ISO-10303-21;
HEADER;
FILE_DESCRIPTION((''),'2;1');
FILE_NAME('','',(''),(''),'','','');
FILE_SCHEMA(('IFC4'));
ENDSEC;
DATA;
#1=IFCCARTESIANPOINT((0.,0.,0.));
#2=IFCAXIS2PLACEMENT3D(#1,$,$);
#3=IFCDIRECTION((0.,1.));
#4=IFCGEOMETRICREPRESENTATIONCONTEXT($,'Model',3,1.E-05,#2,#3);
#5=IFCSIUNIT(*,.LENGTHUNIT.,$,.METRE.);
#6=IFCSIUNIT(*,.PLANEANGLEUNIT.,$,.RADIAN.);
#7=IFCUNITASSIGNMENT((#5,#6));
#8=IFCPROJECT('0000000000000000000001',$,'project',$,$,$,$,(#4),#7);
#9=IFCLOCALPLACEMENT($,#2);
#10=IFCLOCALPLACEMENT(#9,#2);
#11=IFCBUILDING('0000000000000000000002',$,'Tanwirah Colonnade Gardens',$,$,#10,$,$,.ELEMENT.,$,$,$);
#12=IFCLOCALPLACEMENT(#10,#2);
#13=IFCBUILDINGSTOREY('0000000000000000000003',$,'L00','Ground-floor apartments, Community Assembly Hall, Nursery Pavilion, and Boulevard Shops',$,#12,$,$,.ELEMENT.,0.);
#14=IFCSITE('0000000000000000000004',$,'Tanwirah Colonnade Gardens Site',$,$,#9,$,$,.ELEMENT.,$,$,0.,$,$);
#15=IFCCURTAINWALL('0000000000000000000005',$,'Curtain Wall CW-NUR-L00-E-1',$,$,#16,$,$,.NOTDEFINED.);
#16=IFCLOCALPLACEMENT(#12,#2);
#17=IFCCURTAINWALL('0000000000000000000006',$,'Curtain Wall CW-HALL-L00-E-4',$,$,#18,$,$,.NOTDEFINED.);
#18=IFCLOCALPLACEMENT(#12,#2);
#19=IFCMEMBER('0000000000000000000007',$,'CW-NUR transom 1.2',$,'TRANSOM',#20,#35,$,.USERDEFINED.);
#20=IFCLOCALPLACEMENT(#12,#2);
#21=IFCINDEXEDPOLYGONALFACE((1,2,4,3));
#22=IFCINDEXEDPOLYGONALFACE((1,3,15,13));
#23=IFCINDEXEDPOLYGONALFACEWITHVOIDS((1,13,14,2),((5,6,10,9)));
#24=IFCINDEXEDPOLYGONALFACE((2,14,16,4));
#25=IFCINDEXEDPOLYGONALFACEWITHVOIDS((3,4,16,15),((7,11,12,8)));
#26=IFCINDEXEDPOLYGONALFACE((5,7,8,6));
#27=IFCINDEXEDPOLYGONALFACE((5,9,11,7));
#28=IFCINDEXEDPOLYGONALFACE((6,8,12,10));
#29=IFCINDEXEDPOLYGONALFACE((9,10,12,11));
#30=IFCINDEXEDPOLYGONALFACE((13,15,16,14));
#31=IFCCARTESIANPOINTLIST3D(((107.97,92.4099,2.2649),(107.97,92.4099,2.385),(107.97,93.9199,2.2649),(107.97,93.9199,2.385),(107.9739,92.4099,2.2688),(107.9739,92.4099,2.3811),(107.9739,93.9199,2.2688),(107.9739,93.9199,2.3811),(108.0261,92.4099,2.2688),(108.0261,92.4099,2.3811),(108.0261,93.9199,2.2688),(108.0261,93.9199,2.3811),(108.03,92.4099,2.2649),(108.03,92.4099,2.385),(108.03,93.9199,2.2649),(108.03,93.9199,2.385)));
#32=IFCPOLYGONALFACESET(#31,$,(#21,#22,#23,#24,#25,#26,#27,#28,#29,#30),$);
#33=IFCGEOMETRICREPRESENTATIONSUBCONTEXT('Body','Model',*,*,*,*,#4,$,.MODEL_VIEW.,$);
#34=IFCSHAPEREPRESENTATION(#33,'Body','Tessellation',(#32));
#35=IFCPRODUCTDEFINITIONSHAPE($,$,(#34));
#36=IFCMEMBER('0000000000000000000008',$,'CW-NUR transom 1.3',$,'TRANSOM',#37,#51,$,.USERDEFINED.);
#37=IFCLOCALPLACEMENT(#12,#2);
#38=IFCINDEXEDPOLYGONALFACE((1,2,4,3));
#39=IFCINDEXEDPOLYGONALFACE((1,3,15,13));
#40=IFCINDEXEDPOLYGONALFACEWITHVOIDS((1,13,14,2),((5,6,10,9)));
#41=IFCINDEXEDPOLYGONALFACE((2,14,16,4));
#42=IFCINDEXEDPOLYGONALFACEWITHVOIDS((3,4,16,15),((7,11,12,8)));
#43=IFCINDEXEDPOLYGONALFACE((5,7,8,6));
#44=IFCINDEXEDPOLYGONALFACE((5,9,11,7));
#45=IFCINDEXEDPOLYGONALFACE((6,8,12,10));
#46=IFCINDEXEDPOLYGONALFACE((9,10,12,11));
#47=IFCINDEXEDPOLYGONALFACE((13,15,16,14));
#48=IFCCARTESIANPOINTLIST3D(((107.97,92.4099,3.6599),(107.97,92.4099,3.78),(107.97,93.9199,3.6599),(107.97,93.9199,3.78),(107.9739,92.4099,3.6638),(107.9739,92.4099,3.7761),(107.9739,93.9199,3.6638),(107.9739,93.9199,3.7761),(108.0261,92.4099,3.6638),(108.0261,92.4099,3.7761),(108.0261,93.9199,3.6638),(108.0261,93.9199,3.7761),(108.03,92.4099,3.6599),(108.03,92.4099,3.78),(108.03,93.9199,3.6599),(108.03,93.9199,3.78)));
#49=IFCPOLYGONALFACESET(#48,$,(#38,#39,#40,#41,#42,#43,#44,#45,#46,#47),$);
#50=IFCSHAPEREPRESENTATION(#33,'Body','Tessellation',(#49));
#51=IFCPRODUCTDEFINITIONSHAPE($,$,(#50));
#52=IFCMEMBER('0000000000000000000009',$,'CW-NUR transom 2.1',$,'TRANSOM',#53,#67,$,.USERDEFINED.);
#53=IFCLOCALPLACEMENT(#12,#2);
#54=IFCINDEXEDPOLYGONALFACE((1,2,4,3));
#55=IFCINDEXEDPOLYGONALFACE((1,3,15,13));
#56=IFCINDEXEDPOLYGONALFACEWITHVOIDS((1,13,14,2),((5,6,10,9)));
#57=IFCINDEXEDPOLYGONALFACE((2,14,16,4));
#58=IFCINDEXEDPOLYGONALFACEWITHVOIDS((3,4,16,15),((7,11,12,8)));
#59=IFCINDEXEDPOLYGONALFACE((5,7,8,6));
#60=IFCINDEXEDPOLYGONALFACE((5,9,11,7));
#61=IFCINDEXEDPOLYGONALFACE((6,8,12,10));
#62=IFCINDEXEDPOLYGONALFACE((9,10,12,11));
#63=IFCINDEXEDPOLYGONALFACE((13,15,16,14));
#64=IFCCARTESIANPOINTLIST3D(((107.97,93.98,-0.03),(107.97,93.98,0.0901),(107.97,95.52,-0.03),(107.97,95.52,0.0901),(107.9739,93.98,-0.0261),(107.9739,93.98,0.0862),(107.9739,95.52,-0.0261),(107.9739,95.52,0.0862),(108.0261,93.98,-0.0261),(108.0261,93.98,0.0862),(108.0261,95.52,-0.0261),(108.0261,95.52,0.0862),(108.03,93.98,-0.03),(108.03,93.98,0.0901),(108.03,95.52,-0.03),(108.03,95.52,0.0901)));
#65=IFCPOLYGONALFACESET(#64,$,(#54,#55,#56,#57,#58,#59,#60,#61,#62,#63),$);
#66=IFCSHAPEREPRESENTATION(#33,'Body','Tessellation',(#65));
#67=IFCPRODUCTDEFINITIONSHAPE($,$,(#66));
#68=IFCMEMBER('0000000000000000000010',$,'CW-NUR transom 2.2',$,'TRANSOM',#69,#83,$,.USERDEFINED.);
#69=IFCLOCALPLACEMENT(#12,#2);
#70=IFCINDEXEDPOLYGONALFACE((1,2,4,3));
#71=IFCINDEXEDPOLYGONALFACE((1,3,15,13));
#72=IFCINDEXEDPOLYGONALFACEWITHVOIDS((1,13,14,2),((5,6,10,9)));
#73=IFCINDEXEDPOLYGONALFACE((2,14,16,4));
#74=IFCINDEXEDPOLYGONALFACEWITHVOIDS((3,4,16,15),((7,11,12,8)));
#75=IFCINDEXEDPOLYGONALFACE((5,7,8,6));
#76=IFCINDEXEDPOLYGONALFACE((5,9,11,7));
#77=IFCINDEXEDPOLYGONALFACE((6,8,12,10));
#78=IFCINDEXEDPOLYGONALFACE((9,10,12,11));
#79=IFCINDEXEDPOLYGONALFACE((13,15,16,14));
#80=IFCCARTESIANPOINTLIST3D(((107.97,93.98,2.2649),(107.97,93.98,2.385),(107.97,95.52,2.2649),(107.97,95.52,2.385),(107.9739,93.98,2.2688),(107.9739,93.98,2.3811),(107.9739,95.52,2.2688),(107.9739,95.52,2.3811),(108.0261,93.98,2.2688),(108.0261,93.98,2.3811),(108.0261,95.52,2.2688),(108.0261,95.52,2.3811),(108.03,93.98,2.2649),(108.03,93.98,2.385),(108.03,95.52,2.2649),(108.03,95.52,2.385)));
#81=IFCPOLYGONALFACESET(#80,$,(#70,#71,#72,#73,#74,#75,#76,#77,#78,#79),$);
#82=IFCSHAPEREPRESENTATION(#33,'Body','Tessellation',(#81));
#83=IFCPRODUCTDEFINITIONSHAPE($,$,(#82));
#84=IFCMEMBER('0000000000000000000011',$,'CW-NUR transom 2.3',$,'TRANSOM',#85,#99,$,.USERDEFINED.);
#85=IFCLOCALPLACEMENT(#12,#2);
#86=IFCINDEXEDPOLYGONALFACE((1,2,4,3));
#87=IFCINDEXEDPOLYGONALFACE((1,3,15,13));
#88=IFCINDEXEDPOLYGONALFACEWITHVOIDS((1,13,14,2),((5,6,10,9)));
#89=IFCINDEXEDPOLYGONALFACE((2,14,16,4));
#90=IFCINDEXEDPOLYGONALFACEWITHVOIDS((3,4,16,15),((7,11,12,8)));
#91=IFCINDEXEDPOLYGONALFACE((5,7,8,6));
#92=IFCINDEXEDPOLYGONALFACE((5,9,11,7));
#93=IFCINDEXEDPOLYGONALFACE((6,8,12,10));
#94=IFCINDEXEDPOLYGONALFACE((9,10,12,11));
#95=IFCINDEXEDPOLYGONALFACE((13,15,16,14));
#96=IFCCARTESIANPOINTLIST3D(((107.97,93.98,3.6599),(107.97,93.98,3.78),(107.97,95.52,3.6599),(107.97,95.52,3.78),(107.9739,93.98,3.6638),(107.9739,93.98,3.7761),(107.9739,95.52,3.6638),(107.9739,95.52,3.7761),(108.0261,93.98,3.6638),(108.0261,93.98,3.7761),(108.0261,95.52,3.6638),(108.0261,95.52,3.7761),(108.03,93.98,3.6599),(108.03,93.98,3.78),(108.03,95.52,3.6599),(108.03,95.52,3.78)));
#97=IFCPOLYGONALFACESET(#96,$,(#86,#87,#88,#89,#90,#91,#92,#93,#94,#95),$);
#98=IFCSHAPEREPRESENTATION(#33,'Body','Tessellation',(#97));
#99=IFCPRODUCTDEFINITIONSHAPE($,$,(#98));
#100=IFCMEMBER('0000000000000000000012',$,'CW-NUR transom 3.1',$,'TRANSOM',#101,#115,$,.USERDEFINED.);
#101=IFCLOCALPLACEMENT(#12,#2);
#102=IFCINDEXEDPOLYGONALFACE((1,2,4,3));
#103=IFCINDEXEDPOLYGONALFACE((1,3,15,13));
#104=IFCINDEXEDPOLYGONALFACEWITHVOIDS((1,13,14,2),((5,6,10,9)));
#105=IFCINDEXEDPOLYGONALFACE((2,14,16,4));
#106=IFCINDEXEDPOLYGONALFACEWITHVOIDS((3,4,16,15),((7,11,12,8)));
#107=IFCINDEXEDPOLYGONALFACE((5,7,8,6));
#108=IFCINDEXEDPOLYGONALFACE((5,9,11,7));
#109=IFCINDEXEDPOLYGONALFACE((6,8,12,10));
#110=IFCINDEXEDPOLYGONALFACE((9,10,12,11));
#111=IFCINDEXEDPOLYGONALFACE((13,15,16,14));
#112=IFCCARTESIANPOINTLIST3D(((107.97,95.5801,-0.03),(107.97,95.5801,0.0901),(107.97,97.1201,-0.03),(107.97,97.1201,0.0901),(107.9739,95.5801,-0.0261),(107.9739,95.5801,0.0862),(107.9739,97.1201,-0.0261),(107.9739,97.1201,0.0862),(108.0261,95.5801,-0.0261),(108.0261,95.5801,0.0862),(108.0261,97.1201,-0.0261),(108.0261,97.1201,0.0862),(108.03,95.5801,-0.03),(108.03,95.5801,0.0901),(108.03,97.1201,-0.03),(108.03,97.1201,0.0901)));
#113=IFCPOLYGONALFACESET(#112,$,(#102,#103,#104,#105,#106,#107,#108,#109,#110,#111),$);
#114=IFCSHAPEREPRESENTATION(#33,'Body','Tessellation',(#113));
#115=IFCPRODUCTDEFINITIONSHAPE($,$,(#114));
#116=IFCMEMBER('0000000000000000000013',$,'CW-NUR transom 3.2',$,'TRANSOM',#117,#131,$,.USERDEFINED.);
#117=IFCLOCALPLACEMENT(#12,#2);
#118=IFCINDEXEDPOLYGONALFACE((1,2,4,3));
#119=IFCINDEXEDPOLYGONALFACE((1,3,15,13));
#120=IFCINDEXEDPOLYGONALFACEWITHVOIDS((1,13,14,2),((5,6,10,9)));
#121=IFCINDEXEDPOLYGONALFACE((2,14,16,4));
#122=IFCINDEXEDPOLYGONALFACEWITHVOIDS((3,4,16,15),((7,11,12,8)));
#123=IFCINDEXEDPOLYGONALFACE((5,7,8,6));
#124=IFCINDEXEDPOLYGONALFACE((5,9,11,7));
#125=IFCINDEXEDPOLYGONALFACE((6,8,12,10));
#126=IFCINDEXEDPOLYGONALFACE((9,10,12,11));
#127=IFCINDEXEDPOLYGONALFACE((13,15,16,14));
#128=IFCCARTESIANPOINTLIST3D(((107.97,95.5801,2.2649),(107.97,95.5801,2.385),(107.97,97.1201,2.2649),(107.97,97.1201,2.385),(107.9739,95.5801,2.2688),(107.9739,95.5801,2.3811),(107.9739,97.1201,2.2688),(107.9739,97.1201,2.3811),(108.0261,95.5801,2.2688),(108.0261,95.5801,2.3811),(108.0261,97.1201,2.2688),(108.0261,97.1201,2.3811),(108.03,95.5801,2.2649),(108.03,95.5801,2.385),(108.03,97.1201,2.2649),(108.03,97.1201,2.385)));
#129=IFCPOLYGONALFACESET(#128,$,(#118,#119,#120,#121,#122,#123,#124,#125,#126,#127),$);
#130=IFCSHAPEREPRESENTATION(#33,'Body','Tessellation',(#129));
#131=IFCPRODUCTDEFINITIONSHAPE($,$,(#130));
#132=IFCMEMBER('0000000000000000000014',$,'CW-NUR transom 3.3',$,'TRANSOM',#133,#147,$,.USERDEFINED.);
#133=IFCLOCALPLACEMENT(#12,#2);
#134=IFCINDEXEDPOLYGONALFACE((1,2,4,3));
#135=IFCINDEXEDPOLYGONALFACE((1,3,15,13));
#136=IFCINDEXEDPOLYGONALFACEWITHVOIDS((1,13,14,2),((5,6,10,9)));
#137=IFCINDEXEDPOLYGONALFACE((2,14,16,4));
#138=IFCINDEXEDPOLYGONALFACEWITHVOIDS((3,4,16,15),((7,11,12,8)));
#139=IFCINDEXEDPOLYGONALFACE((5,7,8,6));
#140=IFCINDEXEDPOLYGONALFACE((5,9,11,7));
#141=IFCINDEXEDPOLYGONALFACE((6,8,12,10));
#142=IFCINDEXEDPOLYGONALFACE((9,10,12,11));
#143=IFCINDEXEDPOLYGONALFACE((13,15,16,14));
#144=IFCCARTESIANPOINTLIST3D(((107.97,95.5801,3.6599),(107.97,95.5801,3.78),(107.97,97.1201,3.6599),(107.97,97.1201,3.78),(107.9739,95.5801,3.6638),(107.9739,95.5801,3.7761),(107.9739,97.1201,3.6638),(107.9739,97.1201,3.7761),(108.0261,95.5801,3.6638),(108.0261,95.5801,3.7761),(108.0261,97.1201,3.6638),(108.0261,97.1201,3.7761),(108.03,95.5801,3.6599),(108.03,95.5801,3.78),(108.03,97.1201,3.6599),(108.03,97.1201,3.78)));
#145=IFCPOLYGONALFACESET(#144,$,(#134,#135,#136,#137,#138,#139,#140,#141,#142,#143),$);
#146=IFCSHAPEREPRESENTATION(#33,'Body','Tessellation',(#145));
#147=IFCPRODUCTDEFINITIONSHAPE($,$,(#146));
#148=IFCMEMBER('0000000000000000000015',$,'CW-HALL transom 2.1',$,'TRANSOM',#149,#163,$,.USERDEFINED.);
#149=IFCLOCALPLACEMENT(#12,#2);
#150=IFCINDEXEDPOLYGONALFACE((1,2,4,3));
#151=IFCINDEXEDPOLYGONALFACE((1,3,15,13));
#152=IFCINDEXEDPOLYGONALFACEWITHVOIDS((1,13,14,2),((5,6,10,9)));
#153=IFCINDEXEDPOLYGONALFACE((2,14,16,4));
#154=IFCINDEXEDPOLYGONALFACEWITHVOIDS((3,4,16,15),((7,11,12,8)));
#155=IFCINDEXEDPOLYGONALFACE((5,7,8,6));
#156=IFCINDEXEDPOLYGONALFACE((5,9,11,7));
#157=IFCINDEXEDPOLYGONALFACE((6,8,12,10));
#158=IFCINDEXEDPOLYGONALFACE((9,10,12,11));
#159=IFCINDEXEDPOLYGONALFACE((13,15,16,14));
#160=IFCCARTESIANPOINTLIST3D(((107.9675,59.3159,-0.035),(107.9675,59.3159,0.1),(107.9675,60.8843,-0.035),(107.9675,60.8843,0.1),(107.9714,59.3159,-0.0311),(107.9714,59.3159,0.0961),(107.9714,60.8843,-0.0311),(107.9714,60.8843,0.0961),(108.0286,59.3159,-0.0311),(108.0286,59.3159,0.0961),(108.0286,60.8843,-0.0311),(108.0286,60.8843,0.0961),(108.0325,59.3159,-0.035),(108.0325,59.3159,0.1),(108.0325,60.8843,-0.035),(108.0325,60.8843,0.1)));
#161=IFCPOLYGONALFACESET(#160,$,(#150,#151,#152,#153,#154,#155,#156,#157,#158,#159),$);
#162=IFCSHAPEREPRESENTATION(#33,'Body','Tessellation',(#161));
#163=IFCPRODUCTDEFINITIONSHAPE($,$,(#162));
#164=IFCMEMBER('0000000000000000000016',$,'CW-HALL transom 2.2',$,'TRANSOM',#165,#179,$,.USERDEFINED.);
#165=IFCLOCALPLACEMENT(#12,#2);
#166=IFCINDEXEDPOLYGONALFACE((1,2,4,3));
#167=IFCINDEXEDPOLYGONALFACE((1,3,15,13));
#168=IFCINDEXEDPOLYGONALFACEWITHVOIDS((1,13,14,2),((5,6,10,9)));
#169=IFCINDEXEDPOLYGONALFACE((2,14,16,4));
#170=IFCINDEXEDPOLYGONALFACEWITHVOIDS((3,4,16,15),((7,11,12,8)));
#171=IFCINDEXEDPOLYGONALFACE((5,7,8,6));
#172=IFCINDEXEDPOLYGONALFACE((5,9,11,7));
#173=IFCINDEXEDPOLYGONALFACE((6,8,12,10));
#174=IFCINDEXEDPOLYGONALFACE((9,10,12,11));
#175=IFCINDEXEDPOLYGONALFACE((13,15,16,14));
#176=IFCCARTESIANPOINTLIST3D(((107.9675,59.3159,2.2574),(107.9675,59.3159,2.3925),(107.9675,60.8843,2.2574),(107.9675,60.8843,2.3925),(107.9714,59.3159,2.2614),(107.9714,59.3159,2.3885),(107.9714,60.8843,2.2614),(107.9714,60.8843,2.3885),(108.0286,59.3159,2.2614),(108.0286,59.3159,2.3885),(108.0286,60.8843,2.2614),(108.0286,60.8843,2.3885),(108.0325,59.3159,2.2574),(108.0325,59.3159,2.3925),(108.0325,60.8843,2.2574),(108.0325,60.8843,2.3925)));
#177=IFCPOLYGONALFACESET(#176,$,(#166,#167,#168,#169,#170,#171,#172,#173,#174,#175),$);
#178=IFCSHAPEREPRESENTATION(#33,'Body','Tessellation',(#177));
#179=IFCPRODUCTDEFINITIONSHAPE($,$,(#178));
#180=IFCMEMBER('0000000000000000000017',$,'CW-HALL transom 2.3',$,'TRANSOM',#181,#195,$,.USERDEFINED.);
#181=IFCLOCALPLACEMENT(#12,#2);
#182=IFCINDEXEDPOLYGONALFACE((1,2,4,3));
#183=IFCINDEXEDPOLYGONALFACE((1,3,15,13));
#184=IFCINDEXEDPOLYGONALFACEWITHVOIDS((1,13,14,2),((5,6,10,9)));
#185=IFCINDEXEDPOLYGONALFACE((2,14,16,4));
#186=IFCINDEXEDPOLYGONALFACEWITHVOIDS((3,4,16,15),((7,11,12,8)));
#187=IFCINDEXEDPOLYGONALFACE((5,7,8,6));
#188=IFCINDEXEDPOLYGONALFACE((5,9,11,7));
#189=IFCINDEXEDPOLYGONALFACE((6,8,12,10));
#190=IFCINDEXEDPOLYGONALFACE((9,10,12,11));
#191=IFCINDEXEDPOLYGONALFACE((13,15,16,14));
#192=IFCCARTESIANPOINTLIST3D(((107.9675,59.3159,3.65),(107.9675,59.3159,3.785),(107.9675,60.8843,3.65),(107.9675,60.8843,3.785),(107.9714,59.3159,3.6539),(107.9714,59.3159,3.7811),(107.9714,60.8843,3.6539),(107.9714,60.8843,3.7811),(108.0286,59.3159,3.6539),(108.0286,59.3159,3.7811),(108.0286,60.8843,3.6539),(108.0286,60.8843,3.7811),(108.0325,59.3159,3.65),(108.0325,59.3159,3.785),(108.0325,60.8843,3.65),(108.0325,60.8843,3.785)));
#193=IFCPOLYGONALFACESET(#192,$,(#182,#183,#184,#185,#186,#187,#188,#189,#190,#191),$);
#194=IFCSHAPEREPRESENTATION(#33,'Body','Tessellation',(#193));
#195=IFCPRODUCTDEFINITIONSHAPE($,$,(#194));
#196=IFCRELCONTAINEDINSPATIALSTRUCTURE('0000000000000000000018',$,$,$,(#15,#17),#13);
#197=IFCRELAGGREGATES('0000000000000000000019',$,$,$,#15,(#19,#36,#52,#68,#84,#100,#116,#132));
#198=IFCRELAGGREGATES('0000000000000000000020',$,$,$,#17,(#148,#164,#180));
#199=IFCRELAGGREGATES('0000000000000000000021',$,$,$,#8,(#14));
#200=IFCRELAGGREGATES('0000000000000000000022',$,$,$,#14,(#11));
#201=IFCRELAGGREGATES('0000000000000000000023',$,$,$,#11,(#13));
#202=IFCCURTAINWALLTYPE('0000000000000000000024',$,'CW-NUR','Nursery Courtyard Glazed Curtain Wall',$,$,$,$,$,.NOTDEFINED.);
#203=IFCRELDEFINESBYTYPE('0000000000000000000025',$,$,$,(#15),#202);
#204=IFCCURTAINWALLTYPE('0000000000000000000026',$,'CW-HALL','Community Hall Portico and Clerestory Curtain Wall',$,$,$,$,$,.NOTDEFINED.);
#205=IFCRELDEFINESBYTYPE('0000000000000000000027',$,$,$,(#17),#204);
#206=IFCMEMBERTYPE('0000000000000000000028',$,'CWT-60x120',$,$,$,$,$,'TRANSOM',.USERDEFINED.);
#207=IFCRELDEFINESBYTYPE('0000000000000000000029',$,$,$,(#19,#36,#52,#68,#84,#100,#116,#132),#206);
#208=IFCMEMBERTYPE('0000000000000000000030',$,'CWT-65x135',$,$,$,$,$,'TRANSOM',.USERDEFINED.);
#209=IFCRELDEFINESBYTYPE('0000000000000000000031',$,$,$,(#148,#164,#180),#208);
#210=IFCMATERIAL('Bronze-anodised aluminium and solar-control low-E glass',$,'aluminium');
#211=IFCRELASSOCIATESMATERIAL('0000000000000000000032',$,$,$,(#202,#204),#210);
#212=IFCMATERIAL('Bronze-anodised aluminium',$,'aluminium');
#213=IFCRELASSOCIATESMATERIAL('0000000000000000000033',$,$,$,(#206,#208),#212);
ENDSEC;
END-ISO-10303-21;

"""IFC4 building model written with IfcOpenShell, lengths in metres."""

from ifc_helpers import new_model, si_unit, direction, frame, origin, origin_2d, place, context, subcontext, project, spatial, hollow_rectangle, extrude, material, material_profile, profile_set, type_object, element, aggregate, save


model = new_model("IFC4")

# Units and contexts
model_context = context("Model", 3, precision=1e-05, world=origin(), true_north=direction((0.0, 1.0)))
body_context = subcontext(model_context, "Body", "Model", "MODEL_VIEW")
ifc_project = project(units=[si_unit("LENGTHUNIT", "METRE"), si_unit("PLANEANGLEUNIT", "RADIAN")], contexts=[model_context])

# Site, building, storey
site_placement = place(None, origin())
site = spatial("IfcSite", under=ifc_project, at=site_placement, Name="Tanwirah Colonnade Gardens Site", CompositionType="ELEMENT", RefElevation=0.0)
building_placement = place(site_placement, origin())
building = spatial("IfcBuilding", under=site, at=building_placement, Name="Tanwirah Colonnade Gardens", CompositionType="ELEMENT")
storey_placement = place(building_placement, origin())
storey = spatial("IfcBuildingStorey", under=building, at=storey_placement, Name="L00", Description="Ground-floor apartments, Community Assembly Hall, Nursery Pavilion, and Boulevard Shops", CompositionType="ELEMENT", Elevation=0.0)

# Curtain walls
ifc_material_1 = material(Name="Bronze-anodised aluminium and solar-control low-E glass", Category="aluminium")
curtain_wall_type_1 = type_object("IfcCurtainWallType", Name="CW-NUR", Description="Nursery Courtyard Glazed Curtain Wall", PredefinedType="NOTDEFINED", material=ifc_material_1)
curtain_wall_1_placement = place(storey_placement, origin())
curtain_wall_1 = element("IfcCurtainWall", 1, at=curtain_wall_1_placement, inside=storey, type_object=curtain_wall_type_1, Name="Curtain Wall CW-NUR-L00-E-1", PredefinedType="NOTDEFINED")
ifc_material_2 = material(Name="Bronze-anodised aluminium", Category="aluminium")
curtain_wall_type_2 = type_object("IfcCurtainWallType", Name="CW-HALL", Description="Community Hall Portico and Clerestory Curtain Wall", PredefinedType="NOTDEFINED", material=ifc_material_1)
curtain_wall_2_placement = place(storey_placement, origin())
curtain_wall_2 = element("IfcCurtainWall", 2, at=curtain_wall_2_placement, inside=storey, type_object=curtain_wall_type_2, Name="Curtain Wall CW-HALL-L00-E-4", PredefinedType="NOTDEFINED")

# Members
ifc_material_profile_1 = material_profile(ifc_material_2, hollow_rectangle(XDim=0.0601, YDim=0.1201, WallThickness=0.0039, at=origin_2d()), Name="CW-TRN 60x120x4")
ifc_profile_set_1 = profile_set([ifc_material_profile_1], Name="Bronze-anodised aluminium")
member_type_1 = type_object("IfcMemberType", Name="CWT-60x120", ElementType="TRANSOM", PredefinedType="USERDEFINED", material=ifc_profile_set_1)
member_1_placement = place(storey_placement, frame((108.0, 92.4099, 2.325), z_axis=(0.0, 1.0, 0.0), x_axis=(-1.0, 0.0, 0.0)))
member_1 = element("IfcMember", 3, at=member_1_placement, type_object=member_type_1, Name="CW-NUR transom 1.2", ObjectType="TRANSOM", PredefinedType="USERDEFINED", context=body_context, shape_type="SweptSolid", body=[
    extrude(hollow_rectangle(XDim=0.0601, YDim=0.1201, WallThickness=0.0039, at=origin_2d()), origin(), (0.0, 0.0, 1.0), 1.51),
])
member_2_placement = place(storey_placement, frame((108.0, 92.4099, 3.72), z_axis=(0.0, 1.0, 0.0), x_axis=(-1.0, 0.0, 0.0)))
member_2 = element("IfcMember", 4, at=member_2_placement, type_object=member_type_1, Name="CW-NUR transom 1.3", ObjectType="TRANSOM", PredefinedType="USERDEFINED", context=body_context, shape_type="SweptSolid", body=[
    extrude(hollow_rectangle(XDim=0.0601, YDim=0.1201, WallThickness=0.0039, at=origin_2d()), origin(), (0.0, 0.0, 1.0), 1.51),
])
member_3_placement = place(storey_placement, frame((108.0, 93.98, 0.03), z_axis=(0.0, 1.0, 0.0), x_axis=(-1.0, 0.0, 0.0)))
member_3 = element("IfcMember", 5, at=member_3_placement, type_object=member_type_1, Name="CW-NUR transom 2.1", ObjectType="TRANSOM", PredefinedType="USERDEFINED", context=body_context, shape_type="SweptSolid", body=[
    extrude(hollow_rectangle(XDim=0.0601, YDim=0.1201, WallThickness=0.0039, at=origin_2d()), origin(), (0.0, 0.0, 1.0), 1.54),
])
member_4_placement = place(storey_placement, frame((108.0, 93.98, 2.325), z_axis=(0.0, 1.0, 0.0), x_axis=(-1.0, 0.0, 0.0)))
member_4 = element("IfcMember", 6, at=member_4_placement, type_object=member_type_1, Name="CW-NUR transom 2.2", ObjectType="TRANSOM", PredefinedType="USERDEFINED", context=body_context, shape_type="SweptSolid", body=[
    extrude(hollow_rectangle(XDim=0.0601, YDim=0.1201, WallThickness=0.0039, at=origin_2d()), origin(), (0.0, 0.0, 1.0), 1.54),
])
member_5_placement = place(storey_placement, frame((108.0, 93.98, 3.72), z_axis=(0.0, 1.0, 0.0), x_axis=(-1.0, 0.0, 0.0)))
member_5 = element("IfcMember", 7, at=member_5_placement, type_object=member_type_1, Name="CW-NUR transom 2.3", ObjectType="TRANSOM", PredefinedType="USERDEFINED", context=body_context, shape_type="SweptSolid", body=[
    extrude(hollow_rectangle(XDim=0.0601, YDim=0.1201, WallThickness=0.0039, at=origin_2d()), origin(), (0.0, 0.0, 1.0), 1.54),
])
member_6_placement = place(storey_placement, frame((108.0, 95.5801, 0.03), z_axis=(0.0, 1.0, 0.0), x_axis=(-1.0, 0.0, 0.0)))
member_6 = element("IfcMember", 8, at=member_6_placement, type_object=member_type_1, Name="CW-NUR transom 3.1", ObjectType="TRANSOM", PredefinedType="USERDEFINED", context=body_context, shape_type="SweptSolid", body=[
    extrude(hollow_rectangle(XDim=0.0601, YDim=0.1201, WallThickness=0.0039, at=origin_2d()), origin(), (0.0, 0.0, 1.0), 1.54),
])
member_7_placement = place(storey_placement, frame((108.0, 95.5801, 2.325), z_axis=(0.0, 1.0, 0.0), x_axis=(-1.0, 0.0, 0.0)))
member_7 = element("IfcMember", 9, at=member_7_placement, type_object=member_type_1, Name="CW-NUR transom 3.2", ObjectType="TRANSOM", PredefinedType="USERDEFINED", context=body_context, shape_type="SweptSolid", body=[
    extrude(hollow_rectangle(XDim=0.0601, YDim=0.1201, WallThickness=0.0039, at=origin_2d()), origin(), (0.0, 0.0, 1.0), 1.54),
])
member_8_placement = place(storey_placement, frame((108.0, 95.5801, 3.72), z_axis=(0.0, 1.0, 0.0), x_axis=(-1.0, 0.0, 0.0)))
member_8 = element("IfcMember", 10, at=member_8_placement, type_object=member_type_1, Name="CW-NUR transom 3.3", ObjectType="TRANSOM", PredefinedType="USERDEFINED", context=body_context, shape_type="SweptSolid", body=[
    extrude(hollow_rectangle(XDim=0.0601, YDim=0.1201, WallThickness=0.0039, at=origin_2d()), origin(), (0.0, 0.0, 1.0), 1.54),
])
ifc_material_profile_2 = material_profile(ifc_material_2, hollow_rectangle(XDim=0.0649, YDim=0.135, WallThickness=0.0039, at=origin_2d()), Name="CW-TRN 65x135x4")
ifc_profile_set_2 = profile_set([ifc_material_profile_2], Name="Bronze-anodised aluminium")
member_type_2 = type_object("IfcMemberType", Name="CWT-65x135", ElementType="TRANSOM", PredefinedType="USERDEFINED", material=ifc_profile_set_2)
member_9_placement = place(storey_placement, frame((108.0, 59.3159, 0.0325), z_axis=(0.0, 1.0, 0.0), x_axis=(-1.0, 0.0, 0.0)))
member_9 = element("IfcMember", 11, at=member_9_placement, type_object=member_type_2, Name="CW-HALL transom 2.1", ObjectType="TRANSOM", PredefinedType="USERDEFINED", context=body_context, shape_type="SweptSolid", body=[
    extrude(hollow_rectangle(XDim=0.0649, YDim=0.135, WallThickness=0.0039, at=origin_2d()), origin(), (0.0, 0.0, 1.0), 1.5684),
])
member_10_placement = place(storey_placement, frame((108.0, 59.3159, 2.325), z_axis=(0.0, 1.0, 0.0), x_axis=(-1.0, 0.0, 0.0)))
member_10 = element("IfcMember", 12, at=member_10_placement, type_object=member_type_2, Name="CW-HALL transom 2.2", ObjectType="TRANSOM", PredefinedType="USERDEFINED", context=body_context, shape_type="SweptSolid", body=[
    extrude(hollow_rectangle(XDim=0.0649, YDim=0.135, WallThickness=0.0039, at=origin_2d()), origin(), (0.0, 0.0, 1.0), 1.5684),
])
member_11_placement = place(storey_placement, frame((108.0, 59.3159, 3.7175), z_axis=(0.0, 1.0, 0.0), x_axis=(-1.0, 0.0, 0.0)))
member_11 = element("IfcMember", 13, at=member_11_placement, type_object=member_type_2, Name="CW-HALL transom 2.3", ObjectType="TRANSOM", PredefinedType="USERDEFINED", context=body_context, shape_type="SweptSolid", body=[
    extrude(hollow_rectangle(XDim=0.0649, YDim=0.135, WallThickness=0.0039, at=origin_2d()), origin(), (0.0, 0.0, 1.0), 1.5684),
])

aggregate(curtain_wall_1, [member_1, member_2, member_3, member_4, member_5, member_6, member_7, member_8])
aggregate(curtain_wall_2, [member_9, member_10, member_11])

save(model, "model.ifc")
